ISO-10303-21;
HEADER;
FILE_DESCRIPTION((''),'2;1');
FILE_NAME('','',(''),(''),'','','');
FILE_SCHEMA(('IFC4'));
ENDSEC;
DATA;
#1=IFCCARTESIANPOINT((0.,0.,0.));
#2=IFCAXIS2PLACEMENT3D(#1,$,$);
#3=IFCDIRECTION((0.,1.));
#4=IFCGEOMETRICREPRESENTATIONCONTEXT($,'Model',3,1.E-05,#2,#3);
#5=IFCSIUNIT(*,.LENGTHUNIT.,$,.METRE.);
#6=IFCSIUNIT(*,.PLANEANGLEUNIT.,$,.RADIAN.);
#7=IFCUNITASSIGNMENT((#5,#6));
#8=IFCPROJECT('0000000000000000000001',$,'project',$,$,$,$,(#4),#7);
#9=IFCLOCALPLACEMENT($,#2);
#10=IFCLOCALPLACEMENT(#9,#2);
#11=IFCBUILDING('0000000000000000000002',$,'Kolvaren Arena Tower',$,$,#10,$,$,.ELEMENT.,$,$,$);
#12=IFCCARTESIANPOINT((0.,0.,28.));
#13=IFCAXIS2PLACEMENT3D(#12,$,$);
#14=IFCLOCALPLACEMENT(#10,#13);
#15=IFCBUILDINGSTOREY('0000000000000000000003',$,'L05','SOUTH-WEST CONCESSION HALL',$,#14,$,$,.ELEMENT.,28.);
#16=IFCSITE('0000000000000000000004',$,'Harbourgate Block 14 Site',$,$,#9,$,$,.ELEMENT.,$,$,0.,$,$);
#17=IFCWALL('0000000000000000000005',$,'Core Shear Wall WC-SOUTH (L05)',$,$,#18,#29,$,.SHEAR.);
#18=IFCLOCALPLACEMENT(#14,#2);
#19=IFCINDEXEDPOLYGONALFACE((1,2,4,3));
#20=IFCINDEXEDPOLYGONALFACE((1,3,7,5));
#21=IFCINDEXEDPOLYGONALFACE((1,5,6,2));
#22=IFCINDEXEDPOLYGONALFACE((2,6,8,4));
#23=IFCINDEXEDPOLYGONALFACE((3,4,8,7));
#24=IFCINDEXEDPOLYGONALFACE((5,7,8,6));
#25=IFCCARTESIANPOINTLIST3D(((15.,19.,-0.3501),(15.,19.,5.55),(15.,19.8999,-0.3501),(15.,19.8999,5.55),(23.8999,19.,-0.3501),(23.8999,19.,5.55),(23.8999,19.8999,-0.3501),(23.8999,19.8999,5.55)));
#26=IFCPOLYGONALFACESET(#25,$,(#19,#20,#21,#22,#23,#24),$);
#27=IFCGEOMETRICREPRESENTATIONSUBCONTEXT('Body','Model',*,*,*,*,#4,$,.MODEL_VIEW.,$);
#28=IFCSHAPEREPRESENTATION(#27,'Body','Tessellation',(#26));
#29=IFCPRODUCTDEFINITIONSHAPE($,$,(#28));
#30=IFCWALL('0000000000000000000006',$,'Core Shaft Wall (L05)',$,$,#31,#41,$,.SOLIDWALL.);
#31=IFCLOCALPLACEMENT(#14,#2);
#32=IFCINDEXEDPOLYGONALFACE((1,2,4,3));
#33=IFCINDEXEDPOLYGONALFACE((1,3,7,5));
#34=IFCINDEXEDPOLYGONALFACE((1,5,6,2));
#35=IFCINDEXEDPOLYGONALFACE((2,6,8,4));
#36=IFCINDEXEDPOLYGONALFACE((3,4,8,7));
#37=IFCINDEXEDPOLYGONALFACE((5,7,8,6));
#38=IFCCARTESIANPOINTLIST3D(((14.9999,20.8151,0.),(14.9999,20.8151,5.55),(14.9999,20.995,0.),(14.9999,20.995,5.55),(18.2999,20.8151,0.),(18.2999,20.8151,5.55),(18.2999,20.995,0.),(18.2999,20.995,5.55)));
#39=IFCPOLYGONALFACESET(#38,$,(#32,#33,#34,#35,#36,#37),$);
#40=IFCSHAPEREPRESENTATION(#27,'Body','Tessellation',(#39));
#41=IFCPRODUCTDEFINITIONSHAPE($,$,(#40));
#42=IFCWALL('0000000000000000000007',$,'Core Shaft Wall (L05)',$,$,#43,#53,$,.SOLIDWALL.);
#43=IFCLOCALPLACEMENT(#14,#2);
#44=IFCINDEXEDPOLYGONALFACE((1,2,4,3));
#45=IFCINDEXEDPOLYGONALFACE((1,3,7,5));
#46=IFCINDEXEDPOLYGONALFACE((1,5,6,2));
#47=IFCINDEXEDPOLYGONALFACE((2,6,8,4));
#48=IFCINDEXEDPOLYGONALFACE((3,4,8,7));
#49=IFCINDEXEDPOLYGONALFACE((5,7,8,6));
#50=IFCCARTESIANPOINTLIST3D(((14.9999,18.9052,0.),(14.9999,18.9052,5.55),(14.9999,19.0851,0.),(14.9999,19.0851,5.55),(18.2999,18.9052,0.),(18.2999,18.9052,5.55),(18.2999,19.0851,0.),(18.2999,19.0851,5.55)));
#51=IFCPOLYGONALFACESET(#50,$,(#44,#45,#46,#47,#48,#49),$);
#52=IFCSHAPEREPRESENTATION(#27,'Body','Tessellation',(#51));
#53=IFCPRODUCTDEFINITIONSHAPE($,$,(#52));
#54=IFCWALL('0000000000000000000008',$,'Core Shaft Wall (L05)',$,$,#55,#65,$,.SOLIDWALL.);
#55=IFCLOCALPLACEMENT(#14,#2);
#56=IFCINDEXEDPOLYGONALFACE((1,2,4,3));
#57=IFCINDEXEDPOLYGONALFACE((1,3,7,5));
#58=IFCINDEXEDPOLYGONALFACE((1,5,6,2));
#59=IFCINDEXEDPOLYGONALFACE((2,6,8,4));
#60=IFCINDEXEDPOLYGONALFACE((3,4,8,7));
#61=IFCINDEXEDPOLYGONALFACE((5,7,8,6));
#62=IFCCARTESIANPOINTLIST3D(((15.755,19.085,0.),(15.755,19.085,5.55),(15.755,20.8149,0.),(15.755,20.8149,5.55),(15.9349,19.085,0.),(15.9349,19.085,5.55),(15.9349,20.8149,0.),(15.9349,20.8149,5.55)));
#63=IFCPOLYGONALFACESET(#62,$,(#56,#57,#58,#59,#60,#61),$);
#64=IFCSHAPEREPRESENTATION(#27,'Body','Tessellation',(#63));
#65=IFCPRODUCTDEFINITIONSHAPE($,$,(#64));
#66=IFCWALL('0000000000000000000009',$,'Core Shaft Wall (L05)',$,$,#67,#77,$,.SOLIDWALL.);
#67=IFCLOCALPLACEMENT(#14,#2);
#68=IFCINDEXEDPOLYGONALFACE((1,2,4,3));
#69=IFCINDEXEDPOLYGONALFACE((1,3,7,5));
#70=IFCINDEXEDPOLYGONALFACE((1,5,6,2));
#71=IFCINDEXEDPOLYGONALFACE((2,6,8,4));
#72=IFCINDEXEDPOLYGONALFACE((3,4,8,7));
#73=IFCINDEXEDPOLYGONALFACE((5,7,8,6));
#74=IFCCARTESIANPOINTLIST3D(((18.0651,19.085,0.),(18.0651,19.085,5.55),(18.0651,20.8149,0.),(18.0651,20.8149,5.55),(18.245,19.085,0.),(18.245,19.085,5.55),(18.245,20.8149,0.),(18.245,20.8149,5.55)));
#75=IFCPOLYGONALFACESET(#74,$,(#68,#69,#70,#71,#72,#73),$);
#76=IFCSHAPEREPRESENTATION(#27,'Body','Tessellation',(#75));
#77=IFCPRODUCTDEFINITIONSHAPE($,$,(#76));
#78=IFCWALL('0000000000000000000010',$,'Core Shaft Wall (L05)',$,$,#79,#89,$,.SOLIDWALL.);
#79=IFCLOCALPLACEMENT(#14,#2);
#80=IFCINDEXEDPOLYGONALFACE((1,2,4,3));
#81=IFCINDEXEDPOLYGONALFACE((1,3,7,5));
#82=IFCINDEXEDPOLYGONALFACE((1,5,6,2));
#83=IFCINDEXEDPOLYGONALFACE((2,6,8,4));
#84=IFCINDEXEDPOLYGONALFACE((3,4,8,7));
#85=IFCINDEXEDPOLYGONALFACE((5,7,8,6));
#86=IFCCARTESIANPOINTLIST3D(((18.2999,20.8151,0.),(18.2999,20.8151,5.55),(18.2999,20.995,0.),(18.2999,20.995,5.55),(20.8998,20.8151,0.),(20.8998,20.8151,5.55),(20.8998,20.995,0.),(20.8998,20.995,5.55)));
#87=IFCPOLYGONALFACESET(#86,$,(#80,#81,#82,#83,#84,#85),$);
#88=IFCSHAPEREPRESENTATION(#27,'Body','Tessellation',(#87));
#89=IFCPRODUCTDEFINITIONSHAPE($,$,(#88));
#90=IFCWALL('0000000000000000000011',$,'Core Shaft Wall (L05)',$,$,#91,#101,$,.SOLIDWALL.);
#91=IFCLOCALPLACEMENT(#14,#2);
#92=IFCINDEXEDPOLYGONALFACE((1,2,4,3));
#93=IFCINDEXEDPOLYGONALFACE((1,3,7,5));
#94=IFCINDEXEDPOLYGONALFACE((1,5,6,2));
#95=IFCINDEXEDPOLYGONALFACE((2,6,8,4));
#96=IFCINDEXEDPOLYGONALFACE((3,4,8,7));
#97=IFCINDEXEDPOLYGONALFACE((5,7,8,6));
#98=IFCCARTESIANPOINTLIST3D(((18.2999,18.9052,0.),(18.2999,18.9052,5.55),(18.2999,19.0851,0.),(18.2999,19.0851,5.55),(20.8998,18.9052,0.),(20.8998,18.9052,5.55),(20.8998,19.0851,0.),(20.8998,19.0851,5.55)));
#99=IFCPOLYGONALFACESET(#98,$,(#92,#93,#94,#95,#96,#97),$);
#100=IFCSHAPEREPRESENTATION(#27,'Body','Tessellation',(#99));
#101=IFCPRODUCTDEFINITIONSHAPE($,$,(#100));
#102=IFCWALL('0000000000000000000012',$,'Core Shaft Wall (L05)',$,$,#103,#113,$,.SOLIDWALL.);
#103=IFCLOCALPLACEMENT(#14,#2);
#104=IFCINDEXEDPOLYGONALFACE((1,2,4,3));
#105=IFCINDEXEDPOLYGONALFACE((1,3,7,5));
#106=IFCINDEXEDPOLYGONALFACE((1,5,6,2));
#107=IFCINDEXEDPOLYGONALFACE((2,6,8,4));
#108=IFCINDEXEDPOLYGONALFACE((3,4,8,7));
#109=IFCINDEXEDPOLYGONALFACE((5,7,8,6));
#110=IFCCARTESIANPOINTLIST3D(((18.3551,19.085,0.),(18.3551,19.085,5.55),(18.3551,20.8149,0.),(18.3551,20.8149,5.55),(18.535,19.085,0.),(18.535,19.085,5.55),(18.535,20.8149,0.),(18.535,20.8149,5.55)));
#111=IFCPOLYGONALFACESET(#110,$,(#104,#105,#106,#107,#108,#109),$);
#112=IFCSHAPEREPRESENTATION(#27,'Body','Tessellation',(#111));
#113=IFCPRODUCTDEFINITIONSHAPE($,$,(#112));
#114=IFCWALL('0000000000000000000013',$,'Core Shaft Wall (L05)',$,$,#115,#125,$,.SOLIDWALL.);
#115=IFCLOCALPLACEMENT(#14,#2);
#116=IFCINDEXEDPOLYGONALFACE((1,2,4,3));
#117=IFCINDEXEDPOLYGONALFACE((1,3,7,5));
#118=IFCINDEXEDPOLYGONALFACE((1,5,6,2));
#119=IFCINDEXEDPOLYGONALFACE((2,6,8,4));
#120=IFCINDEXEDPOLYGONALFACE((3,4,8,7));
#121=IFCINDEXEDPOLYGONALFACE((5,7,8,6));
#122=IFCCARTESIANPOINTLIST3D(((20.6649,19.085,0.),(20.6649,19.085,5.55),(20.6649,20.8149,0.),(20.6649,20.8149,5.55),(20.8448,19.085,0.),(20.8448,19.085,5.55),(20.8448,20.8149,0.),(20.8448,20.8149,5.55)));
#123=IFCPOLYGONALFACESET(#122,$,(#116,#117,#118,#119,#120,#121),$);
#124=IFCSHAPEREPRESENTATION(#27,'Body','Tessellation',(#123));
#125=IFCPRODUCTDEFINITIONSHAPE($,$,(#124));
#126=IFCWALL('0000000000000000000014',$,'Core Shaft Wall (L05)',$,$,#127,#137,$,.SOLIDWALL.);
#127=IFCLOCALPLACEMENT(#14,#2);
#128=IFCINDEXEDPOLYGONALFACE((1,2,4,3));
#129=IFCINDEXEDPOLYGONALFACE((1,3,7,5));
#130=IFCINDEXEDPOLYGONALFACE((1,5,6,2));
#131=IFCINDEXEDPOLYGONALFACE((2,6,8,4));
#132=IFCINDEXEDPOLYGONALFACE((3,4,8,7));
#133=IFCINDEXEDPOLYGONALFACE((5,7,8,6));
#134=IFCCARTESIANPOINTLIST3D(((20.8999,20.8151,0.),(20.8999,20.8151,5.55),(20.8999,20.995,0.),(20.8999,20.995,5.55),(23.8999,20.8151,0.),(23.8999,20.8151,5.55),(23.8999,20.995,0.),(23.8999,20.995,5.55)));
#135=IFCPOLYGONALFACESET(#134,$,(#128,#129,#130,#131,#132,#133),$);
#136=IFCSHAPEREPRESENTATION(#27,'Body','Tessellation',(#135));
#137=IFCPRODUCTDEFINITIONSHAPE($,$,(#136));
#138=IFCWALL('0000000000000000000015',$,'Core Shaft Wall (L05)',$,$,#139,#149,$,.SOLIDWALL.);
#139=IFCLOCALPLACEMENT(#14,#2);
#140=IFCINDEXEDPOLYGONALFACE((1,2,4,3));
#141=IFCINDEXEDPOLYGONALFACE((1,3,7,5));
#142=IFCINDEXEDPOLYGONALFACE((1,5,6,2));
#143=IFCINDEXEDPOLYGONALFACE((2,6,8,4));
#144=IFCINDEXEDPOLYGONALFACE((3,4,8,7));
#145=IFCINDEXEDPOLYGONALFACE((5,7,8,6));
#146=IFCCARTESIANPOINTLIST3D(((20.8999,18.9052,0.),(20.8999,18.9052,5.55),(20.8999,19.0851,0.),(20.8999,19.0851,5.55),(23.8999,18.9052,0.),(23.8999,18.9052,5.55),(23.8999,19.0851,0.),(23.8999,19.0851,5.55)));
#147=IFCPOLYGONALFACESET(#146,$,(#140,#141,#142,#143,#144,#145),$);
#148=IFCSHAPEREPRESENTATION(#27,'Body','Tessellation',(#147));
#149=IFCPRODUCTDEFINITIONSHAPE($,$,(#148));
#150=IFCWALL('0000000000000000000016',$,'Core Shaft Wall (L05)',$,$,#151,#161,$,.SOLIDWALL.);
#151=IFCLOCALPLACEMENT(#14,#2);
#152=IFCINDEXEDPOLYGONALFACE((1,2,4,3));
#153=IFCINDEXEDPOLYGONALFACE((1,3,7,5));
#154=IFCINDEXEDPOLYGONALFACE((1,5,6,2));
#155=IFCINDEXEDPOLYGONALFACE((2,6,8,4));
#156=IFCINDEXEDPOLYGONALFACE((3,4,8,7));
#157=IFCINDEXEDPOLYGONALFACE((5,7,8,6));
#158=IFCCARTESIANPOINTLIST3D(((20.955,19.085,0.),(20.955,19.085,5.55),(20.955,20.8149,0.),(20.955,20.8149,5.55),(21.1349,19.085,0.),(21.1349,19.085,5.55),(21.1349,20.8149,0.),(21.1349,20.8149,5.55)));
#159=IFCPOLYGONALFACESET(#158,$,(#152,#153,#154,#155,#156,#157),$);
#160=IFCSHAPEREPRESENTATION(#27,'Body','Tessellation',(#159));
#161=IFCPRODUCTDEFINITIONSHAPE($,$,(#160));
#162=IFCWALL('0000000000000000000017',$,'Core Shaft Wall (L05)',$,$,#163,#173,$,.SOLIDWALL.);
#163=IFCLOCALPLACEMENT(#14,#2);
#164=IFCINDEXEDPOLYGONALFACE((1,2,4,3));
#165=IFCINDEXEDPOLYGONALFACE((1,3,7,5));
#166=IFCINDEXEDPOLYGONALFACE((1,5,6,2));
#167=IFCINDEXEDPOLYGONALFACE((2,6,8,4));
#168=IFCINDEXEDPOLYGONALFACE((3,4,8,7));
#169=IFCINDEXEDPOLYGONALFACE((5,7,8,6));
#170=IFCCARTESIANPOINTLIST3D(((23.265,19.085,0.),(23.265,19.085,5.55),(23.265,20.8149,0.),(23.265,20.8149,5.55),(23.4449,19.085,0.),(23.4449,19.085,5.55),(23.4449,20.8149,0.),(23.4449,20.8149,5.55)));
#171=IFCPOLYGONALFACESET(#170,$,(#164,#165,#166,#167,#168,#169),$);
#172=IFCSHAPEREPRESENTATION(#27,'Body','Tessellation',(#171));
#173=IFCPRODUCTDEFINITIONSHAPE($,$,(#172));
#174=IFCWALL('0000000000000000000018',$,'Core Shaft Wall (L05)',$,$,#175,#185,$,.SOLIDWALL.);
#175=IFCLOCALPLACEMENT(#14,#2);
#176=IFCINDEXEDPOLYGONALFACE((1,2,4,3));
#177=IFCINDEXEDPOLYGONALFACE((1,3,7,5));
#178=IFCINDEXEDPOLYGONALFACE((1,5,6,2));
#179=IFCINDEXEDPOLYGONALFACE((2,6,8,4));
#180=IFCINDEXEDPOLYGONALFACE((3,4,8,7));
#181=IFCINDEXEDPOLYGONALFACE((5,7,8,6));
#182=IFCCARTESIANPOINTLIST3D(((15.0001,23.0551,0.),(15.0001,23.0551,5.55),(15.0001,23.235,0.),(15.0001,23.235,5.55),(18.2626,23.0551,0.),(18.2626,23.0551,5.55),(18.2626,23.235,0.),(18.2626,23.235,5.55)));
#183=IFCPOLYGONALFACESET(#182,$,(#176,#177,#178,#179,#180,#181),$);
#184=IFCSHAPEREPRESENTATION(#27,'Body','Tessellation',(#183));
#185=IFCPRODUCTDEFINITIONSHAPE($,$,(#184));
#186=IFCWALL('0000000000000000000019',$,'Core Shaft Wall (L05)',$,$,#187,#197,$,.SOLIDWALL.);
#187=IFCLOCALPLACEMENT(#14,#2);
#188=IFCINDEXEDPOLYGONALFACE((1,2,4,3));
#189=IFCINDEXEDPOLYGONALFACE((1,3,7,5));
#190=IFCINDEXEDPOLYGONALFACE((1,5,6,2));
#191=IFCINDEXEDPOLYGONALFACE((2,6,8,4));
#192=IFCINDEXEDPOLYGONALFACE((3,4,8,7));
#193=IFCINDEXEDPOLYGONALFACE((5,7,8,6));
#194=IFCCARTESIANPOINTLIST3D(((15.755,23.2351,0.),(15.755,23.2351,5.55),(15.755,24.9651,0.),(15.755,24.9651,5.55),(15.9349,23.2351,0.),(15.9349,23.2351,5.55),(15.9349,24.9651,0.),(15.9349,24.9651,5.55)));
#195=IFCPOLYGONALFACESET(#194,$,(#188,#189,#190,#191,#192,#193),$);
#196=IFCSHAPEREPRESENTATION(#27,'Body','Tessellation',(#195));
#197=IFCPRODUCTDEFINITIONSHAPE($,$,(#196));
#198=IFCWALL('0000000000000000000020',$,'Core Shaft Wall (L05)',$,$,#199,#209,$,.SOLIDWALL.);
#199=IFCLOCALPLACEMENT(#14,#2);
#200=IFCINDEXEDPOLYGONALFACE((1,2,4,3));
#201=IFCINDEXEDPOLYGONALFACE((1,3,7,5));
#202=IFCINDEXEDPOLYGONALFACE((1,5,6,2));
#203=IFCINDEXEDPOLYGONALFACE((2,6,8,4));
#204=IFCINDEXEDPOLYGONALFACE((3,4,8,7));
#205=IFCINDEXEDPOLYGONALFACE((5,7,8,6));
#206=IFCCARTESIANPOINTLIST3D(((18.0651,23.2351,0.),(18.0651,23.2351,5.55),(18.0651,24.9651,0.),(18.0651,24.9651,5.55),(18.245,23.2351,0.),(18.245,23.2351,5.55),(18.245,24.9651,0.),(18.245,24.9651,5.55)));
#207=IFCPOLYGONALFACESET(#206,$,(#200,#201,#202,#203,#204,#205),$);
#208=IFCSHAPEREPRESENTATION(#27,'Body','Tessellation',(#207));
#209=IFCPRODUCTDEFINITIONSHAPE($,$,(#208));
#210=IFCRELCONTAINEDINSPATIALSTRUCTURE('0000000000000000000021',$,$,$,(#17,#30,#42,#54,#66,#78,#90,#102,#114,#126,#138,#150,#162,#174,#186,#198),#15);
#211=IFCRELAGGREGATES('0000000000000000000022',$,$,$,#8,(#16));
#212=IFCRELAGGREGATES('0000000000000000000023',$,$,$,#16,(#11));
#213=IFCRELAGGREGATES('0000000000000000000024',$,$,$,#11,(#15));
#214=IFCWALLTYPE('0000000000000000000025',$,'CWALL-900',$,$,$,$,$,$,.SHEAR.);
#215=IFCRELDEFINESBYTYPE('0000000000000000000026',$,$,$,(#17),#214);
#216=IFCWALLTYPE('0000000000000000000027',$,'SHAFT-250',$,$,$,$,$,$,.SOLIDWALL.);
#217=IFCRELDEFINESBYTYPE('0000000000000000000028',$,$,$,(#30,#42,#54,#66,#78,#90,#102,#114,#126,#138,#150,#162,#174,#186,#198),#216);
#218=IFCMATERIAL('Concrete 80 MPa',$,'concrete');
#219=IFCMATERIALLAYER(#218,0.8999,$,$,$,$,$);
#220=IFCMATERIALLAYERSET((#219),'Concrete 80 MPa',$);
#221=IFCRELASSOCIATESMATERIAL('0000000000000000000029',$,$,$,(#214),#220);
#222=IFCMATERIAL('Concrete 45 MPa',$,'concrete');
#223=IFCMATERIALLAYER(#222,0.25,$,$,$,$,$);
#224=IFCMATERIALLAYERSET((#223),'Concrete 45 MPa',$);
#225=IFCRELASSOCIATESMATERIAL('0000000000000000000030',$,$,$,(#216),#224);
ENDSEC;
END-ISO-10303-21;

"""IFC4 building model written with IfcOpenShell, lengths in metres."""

from ifc_helpers import new_model, si_unit, direction, frame, frame_2d, origin, place, context, subcontext, project, spatial, rectangle, extrude, material, layer, layer_set, type_object, element, save


model = new_model("IFC4")

# Units and contexts
model_context = context("Model", 3, precision=1e-05, world=origin(), true_north=direction((0.0, 1.0)))
body_context = subcontext(model_context, "Body", "Model", "MODEL_VIEW")
ifc_project = project(units=[si_unit("LENGTHUNIT", "METRE"), si_unit("PLANEANGLEUNIT", "RADIAN")], contexts=[model_context])

# Site, building, storey
site_placement = place(None, origin())
site = spatial("IfcSite", under=ifc_project, at=site_placement, Name="Harbourgate Block 14 Site", CompositionType="ELEMENT", RefElevation=0.0)
building_placement = place(site_placement, origin())
building = spatial("IfcBuilding", under=site, at=building_placement, Name="Kolvaren Arena Tower", CompositionType="ELEMENT")
storey_placement = place(building_placement, frame((0.0, 0.0, 28.0)))
storey = spatial("IfcBuildingStorey", under=building, at=storey_placement, Name="L05", Description="SOUTH-WEST CONCESSION HALL", CompositionType="ELEMENT", Elevation=28.0)

# Shared definitions
ifc_material_1 = material(Name="Concrete 80 MPa", Category="concrete")
ifc_layer_1 = layer(ifc_material_1, 0.8999)
ifc_layer_set_1 = layer_set([ifc_layer_1], Name="Concrete 80 MPa")
wall_type_1 = type_object("IfcWallType", Name="CWALL-900", PredefinedType="SHEAR", material=ifc_layer_set_1)

# Walls
wall_1_placement = place(storey_placement, frame((15.0, 19.45, -0.3501), z_axis=(0.0, 0.0, 1.0), x_axis=(1.0, 0.0, 0.0)))
element("IfcWall", 1, at=wall_1_placement, inside=storey, type_object=wall_type_1, Name="Core Shear Wall WC-SOUTH (L05)", PredefinedType="SHEAR", context=body_context, shape_type="SweptSolid", body=[
    extrude(rectangle(XDim=8.8999, YDim=0.8999, at=frame_2d((4.45, 0.0))), origin(), (0.0, 0.0, 1.0), 5.9001),
])
ifc_material_2 = material(Name="Concrete 45 MPa", Category="concrete")
ifc_layer_2 = layer(ifc_material_2, 0.25)
ifc_layer_set_2 = layer_set([ifc_layer_2], Name="Concrete 45 MPa")
wall_type_2 = type_object("IfcWallType", Name="SHAFT-250", PredefinedType="SOLIDWALL", material=ifc_layer_set_2)
for number, where, z_axis, x_axis, name in (
    (2, (15.0, 20.905, 0.0), (0.0, 0.0, 1.0), (1.0, 0.0, 0.0), "Core Shaft Wall (L05)"),
    (3, (15.0, 18.9951, 0.0), (0.0, 0.0, 1.0), (1.0, 0.0, 0.0), "Core Shaft Wall (L05)"),
):
    element("IfcWall", number, at=place(storey_placement, frame(where, z_axis=z_axis, x_axis=x_axis)), inside=storey, type_object=wall_type_2, Name=name, PredefinedType="SOLIDWALL", context=body_context, shape_type="SweptSolid", body=[
        extrude(rectangle(XDim=3.3, YDim=0.1799, at=frame_2d((1.6499, 0.0))), origin(), (0.0, 0.0, 1.0), 5.55),
    ])
for number, where, z_axis, x_axis, name in (
    (4, (15.845, 19.085, 0.0), (0.0, 0.0, 1.0), (0.0, 1.0, 0.0), "Core Shaft Wall (L05)"),
    (5, (18.155, 19.085, 0.0), (0.0, 0.0, 1.0), (0.0, 1.0, 0.0), "Core Shaft Wall (L05)"),
):
    element("IfcWall", number, at=place(storey_placement, frame(where, z_axis=z_axis, x_axis=x_axis)), inside=storey, type_object=wall_type_2, Name=name, PredefinedType="SOLIDWALL", context=body_context, shape_type="SweptSolid", body=[
        extrude(rectangle(XDim=1.73, YDim=0.1799, at=frame_2d((0.865, 0.0))), origin(), (0.0, 0.0, 1.0), 5.55),
    ])
for number, where, z_axis, x_axis, name in (
    (6, (18.3, 20.905, 0.0), (0.0, 0.0, 1.0), (1.0, 0.0, 0.0), "Core Shaft Wall (L05)"),
    (7, (18.3, 18.9951, 0.0), (0.0, 0.0, 1.0), (1.0, 0.0, 0.0), "Core Shaft Wall (L05)"),
):
    element("IfcWall", number, at=place(storey_placement, frame(where, z_axis=z_axis, x_axis=x_axis)), inside=storey, type_object=wall_type_2, Name=name, PredefinedType="SOLIDWALL", context=body_context, shape_type="SweptSolid", body=[
        extrude(rectangle(XDim=2.5999, YDim=0.1799, at=frame_2d((1.2998, 0.0))), origin(), (0.0, 0.0, 1.0), 5.55),
    ])
for number, where, z_axis, x_axis, name in (
    (8, (18.4451, 19.085, 0.0), (0.0, 0.0, 1.0), (0.0, 1.0, 0.0), "Core Shaft Wall (L05)"),
    (9, (20.7549, 19.085, 0.0), (0.0, 0.0, 1.0), (0.0, 1.0, 0.0), "Core Shaft Wall (L05)"),
):
    element("IfcWall", number, at=place(storey_placement, frame(where, z_axis=z_axis, x_axis=x_axis)), inside=storey, type_object=wall_type_2, Name=name, PredefinedType="SOLIDWALL", context=body_context, shape_type="SweptSolid", body=[
        extrude(rectangle(XDim=1.73, YDim=0.1799, at=frame_2d((0.865, 0.0))), origin(), (0.0, 0.0, 1.0), 5.55),
    ])
for number, where, z_axis, x_axis, name in (
    (10, (20.8999, 20.905, 0.0), (0.0, 0.0, 1.0), (1.0, 0.0, 0.0), "Core Shaft Wall (L05)"),
    (11, (20.8999, 18.9951, 0.0), (0.0, 0.0, 1.0), (1.0, 0.0, 0.0), "Core Shaft Wall (L05)"),
):
    element("IfcWall", number, at=place(storey_placement, frame(where, z_axis=z_axis, x_axis=x_axis)), inside=storey, type_object=wall_type_2, Name=name, PredefinedType="SOLIDWALL", context=body_context, shape_type="SweptSolid", body=[
        extrude(rectangle(XDim=3.0, YDim=0.1799, at=frame_2d((1.5, 0.0))), origin(), (0.0, 0.0, 1.0), 5.55),
    ])
for number, where, z_axis, x_axis, name in (
    (12, (21.0449, 19.085, 0.0), (0.0, 0.0, 1.0), (0.0, 1.0, 0.0), "Core Shaft Wall (L05)"),
    (13, (23.355, 19.085, 0.0), (0.0, 0.0, 1.0), (0.0, 1.0, 0.0), "Core Shaft Wall (L05)"),
):
    element("IfcWall", number, at=place(storey_placement, frame(where, z_axis=z_axis, x_axis=x_axis)), inside=storey, type_object=wall_type_2, Name=name, PredefinedType="SOLIDWALL", context=body_context, shape_type="SweptSolid", body=[
        extrude(rectangle(XDim=1.73, YDim=0.1799, at=frame_2d((0.865, 0.0))), origin(), (0.0, 0.0, 1.0), 5.55),
    ])
wall_2_placement = place(storey_placement, frame((15.0, 23.145, 0.0), z_axis=(0.0, 0.0, 1.0), x_axis=(1.0, 0.0, 0.0)))
element("IfcWall", 14, at=wall_2_placement, inside=storey, type_object=wall_type_2, Name="Core Shaft Wall (L05)", PredefinedType="SOLIDWALL", context=body_context, shape_type="SweptSolid", body=[
    extrude(rectangle(XDim=3.2625, YDim=0.1799, at=frame_2d((1.6313, 0.0))), origin(), (0.0, 0.0, 1.0), 5.55),
])
for number, where, z_axis, x_axis, name in (
    (15, (15.845, 23.2351, 0.0), (0.0, 0.0, 1.0), (0.0, 1.0, 0.0), "Core Shaft Wall (L05)"),
    (16, (18.155, 23.2351, 0.0), (0.0, 0.0, 1.0), (0.0, 1.0, 0.0), "Core Shaft Wall (L05)"),
):
    element("IfcWall", number, at=place(storey_placement, frame(where, z_axis=z_axis, x_axis=x_axis)), inside=storey, type_object=wall_type_2, Name=name, PredefinedType="SOLIDWALL", context=body_context, shape_type="SweptSolid", body=[
        extrude(rectangle(XDim=1.73, YDim=0.1799, at=frame_2d((0.865, 0.0))), origin(), (0.0, 0.0, 1.0), 5.55),
    ])

save(model, "model.ifc")
